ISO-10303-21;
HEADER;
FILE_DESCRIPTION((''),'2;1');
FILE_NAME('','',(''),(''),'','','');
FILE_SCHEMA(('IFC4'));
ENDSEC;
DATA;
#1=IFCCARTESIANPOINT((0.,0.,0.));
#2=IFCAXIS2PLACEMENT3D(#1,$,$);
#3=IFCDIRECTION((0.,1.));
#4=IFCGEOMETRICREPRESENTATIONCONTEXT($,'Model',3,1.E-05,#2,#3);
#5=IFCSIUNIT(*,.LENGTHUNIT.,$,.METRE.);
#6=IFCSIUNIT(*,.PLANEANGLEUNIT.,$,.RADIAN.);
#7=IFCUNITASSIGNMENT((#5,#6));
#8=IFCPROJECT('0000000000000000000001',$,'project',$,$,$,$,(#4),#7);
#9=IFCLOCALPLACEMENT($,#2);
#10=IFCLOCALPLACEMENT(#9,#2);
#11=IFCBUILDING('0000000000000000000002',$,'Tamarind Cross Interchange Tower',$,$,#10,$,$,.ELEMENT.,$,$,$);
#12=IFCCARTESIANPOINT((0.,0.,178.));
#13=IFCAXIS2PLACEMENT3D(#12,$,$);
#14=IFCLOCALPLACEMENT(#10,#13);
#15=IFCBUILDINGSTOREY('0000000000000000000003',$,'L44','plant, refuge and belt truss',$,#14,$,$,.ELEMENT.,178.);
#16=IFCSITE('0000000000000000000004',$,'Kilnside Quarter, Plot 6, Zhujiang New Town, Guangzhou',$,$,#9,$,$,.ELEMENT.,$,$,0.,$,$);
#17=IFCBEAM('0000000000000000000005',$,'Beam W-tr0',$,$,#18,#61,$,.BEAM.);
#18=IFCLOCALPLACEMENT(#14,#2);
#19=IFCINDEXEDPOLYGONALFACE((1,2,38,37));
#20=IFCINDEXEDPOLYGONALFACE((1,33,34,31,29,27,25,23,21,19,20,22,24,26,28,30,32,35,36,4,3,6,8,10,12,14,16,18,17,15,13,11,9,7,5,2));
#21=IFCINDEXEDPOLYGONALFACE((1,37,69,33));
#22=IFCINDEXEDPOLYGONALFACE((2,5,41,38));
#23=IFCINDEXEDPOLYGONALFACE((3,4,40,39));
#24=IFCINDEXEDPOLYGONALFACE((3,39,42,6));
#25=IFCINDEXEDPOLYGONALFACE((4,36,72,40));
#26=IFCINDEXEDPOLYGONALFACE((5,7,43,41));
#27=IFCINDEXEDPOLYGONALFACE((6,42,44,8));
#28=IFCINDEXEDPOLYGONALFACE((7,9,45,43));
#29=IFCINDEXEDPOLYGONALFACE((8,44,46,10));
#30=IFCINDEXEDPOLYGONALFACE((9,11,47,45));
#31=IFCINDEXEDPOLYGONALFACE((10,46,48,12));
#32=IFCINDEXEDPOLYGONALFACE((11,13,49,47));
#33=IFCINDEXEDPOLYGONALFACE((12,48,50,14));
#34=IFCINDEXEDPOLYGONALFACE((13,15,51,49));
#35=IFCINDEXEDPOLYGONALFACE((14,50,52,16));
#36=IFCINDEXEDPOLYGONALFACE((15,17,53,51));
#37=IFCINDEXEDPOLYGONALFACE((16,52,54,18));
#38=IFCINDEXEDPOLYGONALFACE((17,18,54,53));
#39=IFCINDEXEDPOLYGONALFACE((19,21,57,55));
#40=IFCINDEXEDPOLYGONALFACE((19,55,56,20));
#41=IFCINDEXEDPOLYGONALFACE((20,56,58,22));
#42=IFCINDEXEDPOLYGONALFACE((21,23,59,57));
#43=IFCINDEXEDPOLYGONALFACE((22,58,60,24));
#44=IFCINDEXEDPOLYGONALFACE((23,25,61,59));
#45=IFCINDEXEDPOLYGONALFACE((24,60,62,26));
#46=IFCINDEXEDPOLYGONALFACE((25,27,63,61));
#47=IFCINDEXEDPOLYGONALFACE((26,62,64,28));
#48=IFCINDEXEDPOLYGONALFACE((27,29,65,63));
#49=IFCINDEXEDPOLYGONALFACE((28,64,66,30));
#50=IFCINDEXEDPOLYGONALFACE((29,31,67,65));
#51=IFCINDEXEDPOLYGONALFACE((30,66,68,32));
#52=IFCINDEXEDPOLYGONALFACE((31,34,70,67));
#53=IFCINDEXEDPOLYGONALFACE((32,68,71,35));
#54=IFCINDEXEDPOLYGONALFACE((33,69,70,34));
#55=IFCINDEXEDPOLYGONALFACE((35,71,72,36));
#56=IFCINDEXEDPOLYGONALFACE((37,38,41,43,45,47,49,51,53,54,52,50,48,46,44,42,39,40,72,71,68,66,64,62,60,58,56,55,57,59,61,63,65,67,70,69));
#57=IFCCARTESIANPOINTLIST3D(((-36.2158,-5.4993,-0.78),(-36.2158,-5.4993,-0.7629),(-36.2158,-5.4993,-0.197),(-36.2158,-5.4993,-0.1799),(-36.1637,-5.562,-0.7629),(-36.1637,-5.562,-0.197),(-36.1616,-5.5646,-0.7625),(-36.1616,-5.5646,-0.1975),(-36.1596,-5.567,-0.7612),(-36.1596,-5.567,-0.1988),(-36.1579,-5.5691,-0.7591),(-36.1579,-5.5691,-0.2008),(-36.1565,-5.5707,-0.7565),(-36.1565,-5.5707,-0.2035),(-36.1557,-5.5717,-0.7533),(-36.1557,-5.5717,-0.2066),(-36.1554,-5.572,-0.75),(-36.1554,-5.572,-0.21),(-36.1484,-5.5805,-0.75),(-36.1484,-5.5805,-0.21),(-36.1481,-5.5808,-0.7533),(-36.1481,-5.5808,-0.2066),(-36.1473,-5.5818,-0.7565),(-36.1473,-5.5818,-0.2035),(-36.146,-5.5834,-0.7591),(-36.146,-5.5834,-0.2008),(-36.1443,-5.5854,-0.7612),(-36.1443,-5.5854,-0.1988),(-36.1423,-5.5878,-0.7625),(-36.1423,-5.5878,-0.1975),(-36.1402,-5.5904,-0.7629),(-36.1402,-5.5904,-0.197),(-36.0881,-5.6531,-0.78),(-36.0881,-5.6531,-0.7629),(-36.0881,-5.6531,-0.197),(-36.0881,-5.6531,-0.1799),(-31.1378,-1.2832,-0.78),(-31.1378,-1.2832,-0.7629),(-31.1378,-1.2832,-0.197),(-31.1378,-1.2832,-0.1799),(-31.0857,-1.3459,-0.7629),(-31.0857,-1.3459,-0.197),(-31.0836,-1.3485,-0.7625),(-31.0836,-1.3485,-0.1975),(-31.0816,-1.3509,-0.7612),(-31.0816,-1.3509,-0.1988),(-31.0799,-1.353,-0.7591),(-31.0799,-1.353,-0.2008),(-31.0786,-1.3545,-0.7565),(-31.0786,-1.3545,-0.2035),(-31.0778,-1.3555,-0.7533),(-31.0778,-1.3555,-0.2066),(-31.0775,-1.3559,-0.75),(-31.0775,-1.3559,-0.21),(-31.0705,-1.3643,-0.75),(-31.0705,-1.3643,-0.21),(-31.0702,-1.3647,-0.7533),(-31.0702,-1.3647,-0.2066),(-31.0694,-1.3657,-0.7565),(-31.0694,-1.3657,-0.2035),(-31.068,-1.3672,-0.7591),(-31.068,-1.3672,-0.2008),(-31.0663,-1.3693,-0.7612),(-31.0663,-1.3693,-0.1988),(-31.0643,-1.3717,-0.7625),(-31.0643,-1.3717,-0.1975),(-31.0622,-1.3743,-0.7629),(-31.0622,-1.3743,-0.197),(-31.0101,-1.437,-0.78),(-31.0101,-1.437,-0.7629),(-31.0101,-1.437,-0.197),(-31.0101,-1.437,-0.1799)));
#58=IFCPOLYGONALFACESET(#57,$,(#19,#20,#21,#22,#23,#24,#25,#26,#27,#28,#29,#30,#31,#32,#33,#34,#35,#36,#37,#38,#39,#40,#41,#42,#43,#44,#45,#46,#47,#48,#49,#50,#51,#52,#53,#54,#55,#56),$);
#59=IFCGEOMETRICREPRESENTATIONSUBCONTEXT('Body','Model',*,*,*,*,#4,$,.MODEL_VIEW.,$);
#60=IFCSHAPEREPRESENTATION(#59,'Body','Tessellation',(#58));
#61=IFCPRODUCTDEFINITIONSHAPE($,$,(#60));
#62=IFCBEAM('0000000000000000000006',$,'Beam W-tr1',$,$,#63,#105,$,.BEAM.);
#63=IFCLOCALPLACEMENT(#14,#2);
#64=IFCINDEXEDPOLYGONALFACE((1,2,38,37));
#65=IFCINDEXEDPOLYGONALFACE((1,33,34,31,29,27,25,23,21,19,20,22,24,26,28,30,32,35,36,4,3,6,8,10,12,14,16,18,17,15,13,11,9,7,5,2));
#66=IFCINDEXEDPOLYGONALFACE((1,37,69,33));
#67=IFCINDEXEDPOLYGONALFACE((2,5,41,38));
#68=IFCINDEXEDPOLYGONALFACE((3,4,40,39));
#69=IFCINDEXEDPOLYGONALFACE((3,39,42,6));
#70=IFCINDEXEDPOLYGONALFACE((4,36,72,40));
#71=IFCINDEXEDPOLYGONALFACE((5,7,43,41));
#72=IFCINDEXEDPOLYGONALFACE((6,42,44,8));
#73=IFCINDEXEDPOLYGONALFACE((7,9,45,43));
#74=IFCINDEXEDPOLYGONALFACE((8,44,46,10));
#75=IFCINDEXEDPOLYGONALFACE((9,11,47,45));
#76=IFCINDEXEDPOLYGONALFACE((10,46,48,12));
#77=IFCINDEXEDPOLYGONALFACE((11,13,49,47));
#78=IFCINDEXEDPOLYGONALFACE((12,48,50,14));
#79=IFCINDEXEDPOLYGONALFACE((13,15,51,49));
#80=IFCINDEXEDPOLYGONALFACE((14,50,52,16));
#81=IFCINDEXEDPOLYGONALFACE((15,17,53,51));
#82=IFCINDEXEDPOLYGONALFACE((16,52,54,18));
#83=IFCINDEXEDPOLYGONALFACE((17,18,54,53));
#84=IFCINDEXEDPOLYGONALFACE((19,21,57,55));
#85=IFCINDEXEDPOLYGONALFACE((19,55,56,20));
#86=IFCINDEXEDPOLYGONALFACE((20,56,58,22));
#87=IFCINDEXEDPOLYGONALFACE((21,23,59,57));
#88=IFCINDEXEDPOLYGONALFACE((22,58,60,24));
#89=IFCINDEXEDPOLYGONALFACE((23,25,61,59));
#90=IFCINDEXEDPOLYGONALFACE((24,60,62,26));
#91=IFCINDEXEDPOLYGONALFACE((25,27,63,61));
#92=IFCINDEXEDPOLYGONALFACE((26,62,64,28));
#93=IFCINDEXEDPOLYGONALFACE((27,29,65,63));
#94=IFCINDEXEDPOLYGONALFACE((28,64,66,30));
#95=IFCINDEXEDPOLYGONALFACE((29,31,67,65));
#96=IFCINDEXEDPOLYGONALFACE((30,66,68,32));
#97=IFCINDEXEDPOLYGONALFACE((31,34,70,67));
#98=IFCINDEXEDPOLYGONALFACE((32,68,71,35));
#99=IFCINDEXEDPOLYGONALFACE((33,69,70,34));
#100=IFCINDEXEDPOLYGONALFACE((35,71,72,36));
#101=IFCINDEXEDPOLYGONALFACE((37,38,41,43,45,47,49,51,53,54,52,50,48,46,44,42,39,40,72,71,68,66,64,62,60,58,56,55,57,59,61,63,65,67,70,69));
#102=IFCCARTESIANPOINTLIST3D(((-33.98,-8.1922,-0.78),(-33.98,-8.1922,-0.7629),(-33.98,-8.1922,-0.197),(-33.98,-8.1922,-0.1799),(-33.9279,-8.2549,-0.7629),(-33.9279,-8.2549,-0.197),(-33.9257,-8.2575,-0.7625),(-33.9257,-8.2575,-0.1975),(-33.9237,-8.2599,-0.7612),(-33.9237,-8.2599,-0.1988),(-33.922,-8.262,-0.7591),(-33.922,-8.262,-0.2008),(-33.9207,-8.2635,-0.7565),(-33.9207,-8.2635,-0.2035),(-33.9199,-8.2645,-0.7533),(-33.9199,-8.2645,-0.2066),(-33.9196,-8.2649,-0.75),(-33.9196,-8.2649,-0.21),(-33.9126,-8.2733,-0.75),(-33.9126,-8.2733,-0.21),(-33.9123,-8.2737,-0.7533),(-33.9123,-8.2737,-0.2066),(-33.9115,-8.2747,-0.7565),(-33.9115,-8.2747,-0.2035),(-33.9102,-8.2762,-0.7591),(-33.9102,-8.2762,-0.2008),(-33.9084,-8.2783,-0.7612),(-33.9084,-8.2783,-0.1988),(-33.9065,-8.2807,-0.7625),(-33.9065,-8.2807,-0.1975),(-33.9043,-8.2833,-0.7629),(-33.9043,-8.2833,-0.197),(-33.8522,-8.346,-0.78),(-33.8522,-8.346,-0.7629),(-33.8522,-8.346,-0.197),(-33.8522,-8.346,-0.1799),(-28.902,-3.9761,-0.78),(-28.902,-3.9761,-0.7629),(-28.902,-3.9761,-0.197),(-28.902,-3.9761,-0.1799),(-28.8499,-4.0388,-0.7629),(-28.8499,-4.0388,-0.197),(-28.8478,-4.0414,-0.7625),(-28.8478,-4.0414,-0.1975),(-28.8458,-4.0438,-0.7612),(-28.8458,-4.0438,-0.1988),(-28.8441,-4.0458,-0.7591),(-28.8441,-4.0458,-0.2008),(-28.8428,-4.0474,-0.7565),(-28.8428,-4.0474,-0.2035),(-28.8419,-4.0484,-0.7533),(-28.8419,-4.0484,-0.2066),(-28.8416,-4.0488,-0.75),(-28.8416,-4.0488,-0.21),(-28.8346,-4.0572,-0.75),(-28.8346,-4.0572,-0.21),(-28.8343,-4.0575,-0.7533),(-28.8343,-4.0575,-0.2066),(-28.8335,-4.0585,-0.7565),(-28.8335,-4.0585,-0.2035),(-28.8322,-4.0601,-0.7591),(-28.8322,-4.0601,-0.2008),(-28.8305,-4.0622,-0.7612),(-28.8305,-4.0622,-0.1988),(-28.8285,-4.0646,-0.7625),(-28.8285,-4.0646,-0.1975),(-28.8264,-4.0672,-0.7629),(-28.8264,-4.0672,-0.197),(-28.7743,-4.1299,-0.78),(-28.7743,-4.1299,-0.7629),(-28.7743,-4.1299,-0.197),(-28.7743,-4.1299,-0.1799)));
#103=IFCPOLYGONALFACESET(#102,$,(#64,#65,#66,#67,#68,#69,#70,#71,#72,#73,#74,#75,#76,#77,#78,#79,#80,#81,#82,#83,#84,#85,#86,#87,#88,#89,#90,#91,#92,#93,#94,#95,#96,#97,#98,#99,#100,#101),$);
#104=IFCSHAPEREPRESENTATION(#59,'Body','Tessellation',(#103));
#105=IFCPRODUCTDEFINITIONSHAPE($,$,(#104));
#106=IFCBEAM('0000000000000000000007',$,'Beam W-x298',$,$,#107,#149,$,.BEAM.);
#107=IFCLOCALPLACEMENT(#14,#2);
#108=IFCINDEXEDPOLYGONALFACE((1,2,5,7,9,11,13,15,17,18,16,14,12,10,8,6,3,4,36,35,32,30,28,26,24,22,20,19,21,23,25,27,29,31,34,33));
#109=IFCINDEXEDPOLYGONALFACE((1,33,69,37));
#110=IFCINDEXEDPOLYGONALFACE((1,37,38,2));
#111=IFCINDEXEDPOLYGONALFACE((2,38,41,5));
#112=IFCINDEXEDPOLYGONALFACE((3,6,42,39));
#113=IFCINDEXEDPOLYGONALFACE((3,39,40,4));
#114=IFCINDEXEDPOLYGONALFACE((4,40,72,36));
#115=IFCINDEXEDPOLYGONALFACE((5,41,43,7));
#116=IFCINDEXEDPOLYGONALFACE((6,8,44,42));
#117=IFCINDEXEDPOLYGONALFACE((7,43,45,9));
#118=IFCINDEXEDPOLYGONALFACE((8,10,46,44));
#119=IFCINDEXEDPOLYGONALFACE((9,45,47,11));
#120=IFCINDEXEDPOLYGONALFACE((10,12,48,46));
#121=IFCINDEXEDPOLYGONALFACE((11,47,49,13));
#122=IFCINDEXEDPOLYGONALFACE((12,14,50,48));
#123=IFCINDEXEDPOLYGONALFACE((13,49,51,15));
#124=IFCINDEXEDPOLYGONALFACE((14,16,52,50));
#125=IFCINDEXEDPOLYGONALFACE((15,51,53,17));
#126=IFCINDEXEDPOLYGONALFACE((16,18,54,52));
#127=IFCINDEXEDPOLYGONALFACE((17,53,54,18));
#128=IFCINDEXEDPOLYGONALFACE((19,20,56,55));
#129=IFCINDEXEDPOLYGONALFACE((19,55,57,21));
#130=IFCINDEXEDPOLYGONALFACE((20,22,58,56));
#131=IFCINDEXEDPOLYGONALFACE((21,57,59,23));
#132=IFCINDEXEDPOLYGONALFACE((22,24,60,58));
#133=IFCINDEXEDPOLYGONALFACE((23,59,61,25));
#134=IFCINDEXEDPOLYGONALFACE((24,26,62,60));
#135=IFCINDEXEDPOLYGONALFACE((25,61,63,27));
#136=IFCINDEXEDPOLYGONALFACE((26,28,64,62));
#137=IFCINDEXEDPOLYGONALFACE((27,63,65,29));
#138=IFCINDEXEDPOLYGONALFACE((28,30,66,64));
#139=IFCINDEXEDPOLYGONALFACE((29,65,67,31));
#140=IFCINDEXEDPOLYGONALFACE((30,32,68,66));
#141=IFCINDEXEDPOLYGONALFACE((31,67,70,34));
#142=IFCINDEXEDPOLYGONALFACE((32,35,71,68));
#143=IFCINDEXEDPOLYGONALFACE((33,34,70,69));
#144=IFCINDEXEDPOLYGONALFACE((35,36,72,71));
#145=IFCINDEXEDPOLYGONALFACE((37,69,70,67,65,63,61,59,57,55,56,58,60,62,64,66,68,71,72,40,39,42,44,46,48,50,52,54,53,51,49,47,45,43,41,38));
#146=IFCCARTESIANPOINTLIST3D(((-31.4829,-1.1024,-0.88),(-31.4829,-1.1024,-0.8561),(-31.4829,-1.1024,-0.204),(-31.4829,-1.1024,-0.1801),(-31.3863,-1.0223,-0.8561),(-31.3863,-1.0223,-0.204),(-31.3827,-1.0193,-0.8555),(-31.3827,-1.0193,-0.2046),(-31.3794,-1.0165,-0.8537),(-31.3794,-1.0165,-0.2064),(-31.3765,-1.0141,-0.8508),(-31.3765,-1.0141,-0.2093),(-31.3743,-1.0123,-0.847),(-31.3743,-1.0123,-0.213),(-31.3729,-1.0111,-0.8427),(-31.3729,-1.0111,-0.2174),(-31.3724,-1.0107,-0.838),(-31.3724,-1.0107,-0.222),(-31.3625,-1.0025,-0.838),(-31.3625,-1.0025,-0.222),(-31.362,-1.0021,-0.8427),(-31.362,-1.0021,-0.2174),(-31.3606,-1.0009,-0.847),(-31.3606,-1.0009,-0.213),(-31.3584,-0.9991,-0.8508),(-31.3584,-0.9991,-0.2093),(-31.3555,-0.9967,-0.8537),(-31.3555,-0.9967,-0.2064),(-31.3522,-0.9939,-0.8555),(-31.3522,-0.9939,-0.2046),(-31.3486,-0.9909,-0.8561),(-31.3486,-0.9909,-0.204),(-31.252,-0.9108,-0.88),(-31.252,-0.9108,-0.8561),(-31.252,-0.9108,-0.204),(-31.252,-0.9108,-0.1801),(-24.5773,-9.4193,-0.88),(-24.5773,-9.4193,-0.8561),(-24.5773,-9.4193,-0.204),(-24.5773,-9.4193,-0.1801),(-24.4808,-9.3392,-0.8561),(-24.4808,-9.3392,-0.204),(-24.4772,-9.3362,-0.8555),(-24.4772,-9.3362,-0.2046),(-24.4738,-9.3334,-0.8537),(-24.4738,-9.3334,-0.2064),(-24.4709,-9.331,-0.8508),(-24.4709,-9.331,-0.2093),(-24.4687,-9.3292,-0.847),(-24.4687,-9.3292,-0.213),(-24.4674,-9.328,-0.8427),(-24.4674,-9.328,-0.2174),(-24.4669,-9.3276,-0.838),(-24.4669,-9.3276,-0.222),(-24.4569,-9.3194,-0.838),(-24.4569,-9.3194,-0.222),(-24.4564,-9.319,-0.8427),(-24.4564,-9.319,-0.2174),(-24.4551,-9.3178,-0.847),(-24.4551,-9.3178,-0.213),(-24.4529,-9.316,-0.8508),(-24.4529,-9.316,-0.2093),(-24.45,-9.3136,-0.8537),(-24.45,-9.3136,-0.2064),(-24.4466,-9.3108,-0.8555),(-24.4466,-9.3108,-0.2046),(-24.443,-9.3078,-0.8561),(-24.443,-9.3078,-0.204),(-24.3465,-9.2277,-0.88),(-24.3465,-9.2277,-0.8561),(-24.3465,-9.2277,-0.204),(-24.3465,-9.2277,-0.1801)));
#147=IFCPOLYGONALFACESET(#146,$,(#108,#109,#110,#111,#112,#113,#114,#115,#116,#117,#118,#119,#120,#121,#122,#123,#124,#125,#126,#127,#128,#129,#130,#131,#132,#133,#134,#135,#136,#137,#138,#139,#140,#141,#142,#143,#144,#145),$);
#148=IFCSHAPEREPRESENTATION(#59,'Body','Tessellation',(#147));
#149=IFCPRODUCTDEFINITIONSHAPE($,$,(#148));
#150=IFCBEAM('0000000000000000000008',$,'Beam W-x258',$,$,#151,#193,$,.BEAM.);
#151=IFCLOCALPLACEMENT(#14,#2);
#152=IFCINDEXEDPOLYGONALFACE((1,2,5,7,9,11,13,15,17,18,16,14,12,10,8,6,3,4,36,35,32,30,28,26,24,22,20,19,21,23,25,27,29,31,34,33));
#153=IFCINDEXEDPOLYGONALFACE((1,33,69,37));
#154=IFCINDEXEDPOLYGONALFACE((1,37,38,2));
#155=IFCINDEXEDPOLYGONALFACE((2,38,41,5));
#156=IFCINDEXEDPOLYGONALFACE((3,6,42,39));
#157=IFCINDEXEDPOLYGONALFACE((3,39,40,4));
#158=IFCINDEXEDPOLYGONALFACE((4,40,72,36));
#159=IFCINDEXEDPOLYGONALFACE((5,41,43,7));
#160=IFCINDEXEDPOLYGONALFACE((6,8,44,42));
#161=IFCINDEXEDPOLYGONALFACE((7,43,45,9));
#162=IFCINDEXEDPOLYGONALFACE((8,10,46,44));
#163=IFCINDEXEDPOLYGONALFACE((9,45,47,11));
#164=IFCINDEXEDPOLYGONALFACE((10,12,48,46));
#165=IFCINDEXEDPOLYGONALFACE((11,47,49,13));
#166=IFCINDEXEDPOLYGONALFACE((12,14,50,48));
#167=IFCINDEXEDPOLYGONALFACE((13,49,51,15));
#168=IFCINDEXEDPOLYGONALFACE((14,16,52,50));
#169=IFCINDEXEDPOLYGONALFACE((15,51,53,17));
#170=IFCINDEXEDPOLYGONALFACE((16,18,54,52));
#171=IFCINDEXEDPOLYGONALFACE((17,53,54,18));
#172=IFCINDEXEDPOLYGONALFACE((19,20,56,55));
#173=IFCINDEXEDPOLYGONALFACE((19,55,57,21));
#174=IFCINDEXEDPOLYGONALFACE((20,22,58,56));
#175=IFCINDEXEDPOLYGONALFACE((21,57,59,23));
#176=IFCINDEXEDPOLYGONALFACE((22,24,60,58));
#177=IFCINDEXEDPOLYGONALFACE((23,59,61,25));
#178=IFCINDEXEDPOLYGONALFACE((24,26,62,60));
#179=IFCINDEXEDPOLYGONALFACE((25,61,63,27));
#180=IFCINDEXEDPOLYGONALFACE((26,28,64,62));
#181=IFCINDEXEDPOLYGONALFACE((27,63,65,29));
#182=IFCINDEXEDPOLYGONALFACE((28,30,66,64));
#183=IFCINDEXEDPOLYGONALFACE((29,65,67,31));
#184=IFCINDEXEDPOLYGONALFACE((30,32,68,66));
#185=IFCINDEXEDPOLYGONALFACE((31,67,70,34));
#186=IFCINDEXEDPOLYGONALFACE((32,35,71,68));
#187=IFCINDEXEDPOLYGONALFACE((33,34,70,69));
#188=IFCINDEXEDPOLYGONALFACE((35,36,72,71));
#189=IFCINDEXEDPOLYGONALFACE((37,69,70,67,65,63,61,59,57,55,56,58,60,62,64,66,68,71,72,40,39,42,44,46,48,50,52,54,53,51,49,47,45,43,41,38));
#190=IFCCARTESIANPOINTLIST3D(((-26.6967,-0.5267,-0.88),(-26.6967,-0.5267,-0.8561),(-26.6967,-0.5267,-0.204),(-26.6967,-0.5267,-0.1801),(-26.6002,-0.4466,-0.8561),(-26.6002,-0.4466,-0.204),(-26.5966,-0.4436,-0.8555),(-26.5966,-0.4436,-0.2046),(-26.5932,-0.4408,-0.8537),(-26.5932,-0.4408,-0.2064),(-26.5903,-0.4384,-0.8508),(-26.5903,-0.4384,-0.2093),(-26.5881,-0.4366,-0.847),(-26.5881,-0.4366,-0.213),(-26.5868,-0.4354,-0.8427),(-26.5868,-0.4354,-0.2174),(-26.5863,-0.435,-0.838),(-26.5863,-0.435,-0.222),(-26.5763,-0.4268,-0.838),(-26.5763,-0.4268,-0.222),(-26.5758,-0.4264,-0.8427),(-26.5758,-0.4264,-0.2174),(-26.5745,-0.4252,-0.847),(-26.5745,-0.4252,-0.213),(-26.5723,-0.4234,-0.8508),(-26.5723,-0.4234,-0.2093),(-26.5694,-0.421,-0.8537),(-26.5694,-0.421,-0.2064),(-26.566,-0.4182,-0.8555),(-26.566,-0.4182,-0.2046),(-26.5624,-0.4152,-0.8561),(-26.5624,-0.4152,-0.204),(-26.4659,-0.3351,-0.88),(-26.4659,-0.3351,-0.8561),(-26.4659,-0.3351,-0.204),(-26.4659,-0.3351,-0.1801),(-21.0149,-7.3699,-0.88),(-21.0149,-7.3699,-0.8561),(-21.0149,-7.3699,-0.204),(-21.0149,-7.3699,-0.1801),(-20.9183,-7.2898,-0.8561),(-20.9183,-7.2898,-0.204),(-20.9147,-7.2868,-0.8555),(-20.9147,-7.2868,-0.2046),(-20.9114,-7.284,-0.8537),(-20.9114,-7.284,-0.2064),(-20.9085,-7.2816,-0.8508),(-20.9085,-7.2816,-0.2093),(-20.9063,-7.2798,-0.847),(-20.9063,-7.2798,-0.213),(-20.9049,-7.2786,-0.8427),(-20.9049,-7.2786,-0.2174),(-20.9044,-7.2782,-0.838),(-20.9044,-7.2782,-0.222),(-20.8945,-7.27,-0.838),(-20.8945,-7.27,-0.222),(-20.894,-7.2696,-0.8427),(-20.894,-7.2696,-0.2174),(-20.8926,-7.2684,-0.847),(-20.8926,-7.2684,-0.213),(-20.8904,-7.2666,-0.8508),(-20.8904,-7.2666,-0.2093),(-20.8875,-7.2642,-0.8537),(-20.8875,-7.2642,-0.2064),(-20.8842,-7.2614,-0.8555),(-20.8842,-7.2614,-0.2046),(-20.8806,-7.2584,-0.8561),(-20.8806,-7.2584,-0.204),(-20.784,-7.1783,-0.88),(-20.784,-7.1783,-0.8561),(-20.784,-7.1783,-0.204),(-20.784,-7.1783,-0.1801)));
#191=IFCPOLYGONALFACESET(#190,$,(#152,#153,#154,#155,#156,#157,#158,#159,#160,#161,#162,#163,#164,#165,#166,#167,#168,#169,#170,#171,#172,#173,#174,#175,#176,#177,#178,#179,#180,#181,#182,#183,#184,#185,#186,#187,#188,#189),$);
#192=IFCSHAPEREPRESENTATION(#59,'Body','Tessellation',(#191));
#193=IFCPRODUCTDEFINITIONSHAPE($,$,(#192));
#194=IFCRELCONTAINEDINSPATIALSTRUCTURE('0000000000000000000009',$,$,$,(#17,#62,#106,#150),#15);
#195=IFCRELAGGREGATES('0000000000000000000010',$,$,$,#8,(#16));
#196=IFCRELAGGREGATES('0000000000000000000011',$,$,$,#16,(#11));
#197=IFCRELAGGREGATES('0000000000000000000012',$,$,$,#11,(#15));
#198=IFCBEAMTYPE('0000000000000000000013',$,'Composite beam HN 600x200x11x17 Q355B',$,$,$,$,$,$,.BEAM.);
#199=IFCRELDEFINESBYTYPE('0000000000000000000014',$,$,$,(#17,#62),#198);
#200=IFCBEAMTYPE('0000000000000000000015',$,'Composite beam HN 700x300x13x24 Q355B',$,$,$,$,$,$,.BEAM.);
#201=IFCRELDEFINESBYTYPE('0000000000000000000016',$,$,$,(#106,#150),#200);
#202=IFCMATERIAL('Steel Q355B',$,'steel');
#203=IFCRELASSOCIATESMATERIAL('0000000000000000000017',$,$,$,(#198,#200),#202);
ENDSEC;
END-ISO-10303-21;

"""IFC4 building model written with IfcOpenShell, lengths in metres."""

from ifc_helpers import new_model, si_unit, direction, frame, origin, origin_2d, place, context, subcontext, project, spatial, i_section, extrude, material, material_profile, profile_set, type_object, element, save


model = new_model("IFC4")

# Units and contexts
model_context = context("Model", 3, precision=1e-05, world=origin(), true_north=direction((0.0, 1.0)))
body_context = subcontext(model_context, "Body", "Model", "MODEL_VIEW")
ifc_project = project(units=[si_unit("LENGTHUNIT", "METRE"), si_unit("PLANEANGLEUNIT", "RADIAN")], contexts=[model_context])

# Site, building, storey
site_placement = place(None, origin())
site = spatial("IfcSite", under=ifc_project, at=site_placement, Name="Kilnside Quarter, Plot 6, Zhujiang New Town, Guangzhou", CompositionType="ELEMENT", RefElevation=0.0)
building_placement = place(site_placement, origin())
building = spatial("IfcBuilding", under=site, at=building_placement, Name="Tamarind Cross Interchange Tower", CompositionType="ELEMENT")
storey_placement = place(building_placement, frame((0.0, 0.0, 178.0)))
storey = spatial("IfcBuildingStorey", under=building, at=storey_placement, Name="L44", Description="plant, refuge and belt truss", CompositionType="ELEMENT", Elevation=178.0)

# Beams
ifc_material_1 = material(Name="Steel Q355B", Category="steel")
ifc_material_profile_1 = material_profile(ifc_material_1, i_section(OverallWidth=0.2, OverallDepth=0.6001, WebThickness=0.011, FlangeThickness=0.0171, FilletRadius=0.0129, at=origin_2d()), Name="HN 600x200x11x17")
ifc_profile_set_1 = profile_set([ifc_material_profile_1], Name="Steel Q355B")
beam_type_1 = type_object("IfcBeamType", Name="Composite beam HN 600x200x11x17 Q355B", PredefinedType="BEAM", material=ifc_profile_set_1)
for number, where, z_axis, x_axis, name in (
    (1, (-31.074, -1.3601, -0.48), (-0.769375, -0.638797, 0.0), (0.638797, -0.769375, 0.0), "Beam W-tr0"),
    (2, (-28.8381, -4.053, -0.48), (-0.769375, -0.638797, 0.0), (0.638797, -0.769375, 0.0), "Beam W-tr1"),
):
    element("IfcBeam", number, at=place(storey_placement, frame(where, z_axis=z_axis, x_axis=x_axis)), inside=storey, type_object=beam_type_1, Name=name, PredefinedType="BEAM", context=body_context, shape_type="SweptSolid", body=[
        extrude(i_section(OverallWidth=0.2, OverallDepth=0.6001, WebThickness=0.011, FlangeThickness=0.0171, FilletRadius=0.0129, at=origin_2d()), origin(), (0.0, 0.0, 1.0), 6.6001),
    ])
ifc_material_profile_2 = material_profile(ifc_material_1, i_section(OverallWidth=0.3, OverallDepth=0.7, WebThickness=0.0129, FlangeThickness=0.0239, FilletRadius=0.0181, at=origin_2d()), Name="HN 700x300x13x24")
ifc_profile_set_2 = profile_set([ifc_material_profile_2], Name="Steel Q355B")
beam_type_2 = type_object("IfcBeamType", Name="Composite beam HN 700x300x13x24 Q355B", PredefinedType="BEAM", material=ifc_profile_set_2)
beam_1_placement = place(storey_placement, frame((-31.3674, -1.0066, -0.53), z_axis=(0.638806, -0.769368, 0.0), x_axis=(0.769368, 0.638806, 0.0)))
element("IfcBeam", 3, at=beam_1_placement, inside=storey, type_object=beam_type_2, Name="Beam W-x298", PredefinedType="BEAM", context=body_context, shape_type="SweptSolid", body=[
    extrude(i_section(OverallWidth=0.3, OverallDepth=0.7, WebThickness=0.0129, FlangeThickness=0.0239, FilletRadius=0.0181, at=origin_2d()), origin(), (0.0, 0.0, 1.0), 10.8101),
])
beam_2_placement = place(storey_placement, frame((-26.5813, -0.4309, -0.53), z_axis=(0.638801, -0.769372, 0.0), x_axis=(0.769372, 0.638801, 0.0)))
element("IfcBeam", 4, at=beam_2_placement, inside=storey, type_object=beam_type_2, Name="Beam W-x258", PredefinedType="BEAM", context=body_context, shape_type="SweptSolid", body=[
    extrude(i_section(OverallWidth=0.3, OverallDepth=0.7, WebThickness=0.0129, FlangeThickness=0.0239, FilletRadius=0.0181, at=origin_2d()), origin(), (0.0, 0.0, 1.0), 8.8945),
])

save(model, "model.ifc")
